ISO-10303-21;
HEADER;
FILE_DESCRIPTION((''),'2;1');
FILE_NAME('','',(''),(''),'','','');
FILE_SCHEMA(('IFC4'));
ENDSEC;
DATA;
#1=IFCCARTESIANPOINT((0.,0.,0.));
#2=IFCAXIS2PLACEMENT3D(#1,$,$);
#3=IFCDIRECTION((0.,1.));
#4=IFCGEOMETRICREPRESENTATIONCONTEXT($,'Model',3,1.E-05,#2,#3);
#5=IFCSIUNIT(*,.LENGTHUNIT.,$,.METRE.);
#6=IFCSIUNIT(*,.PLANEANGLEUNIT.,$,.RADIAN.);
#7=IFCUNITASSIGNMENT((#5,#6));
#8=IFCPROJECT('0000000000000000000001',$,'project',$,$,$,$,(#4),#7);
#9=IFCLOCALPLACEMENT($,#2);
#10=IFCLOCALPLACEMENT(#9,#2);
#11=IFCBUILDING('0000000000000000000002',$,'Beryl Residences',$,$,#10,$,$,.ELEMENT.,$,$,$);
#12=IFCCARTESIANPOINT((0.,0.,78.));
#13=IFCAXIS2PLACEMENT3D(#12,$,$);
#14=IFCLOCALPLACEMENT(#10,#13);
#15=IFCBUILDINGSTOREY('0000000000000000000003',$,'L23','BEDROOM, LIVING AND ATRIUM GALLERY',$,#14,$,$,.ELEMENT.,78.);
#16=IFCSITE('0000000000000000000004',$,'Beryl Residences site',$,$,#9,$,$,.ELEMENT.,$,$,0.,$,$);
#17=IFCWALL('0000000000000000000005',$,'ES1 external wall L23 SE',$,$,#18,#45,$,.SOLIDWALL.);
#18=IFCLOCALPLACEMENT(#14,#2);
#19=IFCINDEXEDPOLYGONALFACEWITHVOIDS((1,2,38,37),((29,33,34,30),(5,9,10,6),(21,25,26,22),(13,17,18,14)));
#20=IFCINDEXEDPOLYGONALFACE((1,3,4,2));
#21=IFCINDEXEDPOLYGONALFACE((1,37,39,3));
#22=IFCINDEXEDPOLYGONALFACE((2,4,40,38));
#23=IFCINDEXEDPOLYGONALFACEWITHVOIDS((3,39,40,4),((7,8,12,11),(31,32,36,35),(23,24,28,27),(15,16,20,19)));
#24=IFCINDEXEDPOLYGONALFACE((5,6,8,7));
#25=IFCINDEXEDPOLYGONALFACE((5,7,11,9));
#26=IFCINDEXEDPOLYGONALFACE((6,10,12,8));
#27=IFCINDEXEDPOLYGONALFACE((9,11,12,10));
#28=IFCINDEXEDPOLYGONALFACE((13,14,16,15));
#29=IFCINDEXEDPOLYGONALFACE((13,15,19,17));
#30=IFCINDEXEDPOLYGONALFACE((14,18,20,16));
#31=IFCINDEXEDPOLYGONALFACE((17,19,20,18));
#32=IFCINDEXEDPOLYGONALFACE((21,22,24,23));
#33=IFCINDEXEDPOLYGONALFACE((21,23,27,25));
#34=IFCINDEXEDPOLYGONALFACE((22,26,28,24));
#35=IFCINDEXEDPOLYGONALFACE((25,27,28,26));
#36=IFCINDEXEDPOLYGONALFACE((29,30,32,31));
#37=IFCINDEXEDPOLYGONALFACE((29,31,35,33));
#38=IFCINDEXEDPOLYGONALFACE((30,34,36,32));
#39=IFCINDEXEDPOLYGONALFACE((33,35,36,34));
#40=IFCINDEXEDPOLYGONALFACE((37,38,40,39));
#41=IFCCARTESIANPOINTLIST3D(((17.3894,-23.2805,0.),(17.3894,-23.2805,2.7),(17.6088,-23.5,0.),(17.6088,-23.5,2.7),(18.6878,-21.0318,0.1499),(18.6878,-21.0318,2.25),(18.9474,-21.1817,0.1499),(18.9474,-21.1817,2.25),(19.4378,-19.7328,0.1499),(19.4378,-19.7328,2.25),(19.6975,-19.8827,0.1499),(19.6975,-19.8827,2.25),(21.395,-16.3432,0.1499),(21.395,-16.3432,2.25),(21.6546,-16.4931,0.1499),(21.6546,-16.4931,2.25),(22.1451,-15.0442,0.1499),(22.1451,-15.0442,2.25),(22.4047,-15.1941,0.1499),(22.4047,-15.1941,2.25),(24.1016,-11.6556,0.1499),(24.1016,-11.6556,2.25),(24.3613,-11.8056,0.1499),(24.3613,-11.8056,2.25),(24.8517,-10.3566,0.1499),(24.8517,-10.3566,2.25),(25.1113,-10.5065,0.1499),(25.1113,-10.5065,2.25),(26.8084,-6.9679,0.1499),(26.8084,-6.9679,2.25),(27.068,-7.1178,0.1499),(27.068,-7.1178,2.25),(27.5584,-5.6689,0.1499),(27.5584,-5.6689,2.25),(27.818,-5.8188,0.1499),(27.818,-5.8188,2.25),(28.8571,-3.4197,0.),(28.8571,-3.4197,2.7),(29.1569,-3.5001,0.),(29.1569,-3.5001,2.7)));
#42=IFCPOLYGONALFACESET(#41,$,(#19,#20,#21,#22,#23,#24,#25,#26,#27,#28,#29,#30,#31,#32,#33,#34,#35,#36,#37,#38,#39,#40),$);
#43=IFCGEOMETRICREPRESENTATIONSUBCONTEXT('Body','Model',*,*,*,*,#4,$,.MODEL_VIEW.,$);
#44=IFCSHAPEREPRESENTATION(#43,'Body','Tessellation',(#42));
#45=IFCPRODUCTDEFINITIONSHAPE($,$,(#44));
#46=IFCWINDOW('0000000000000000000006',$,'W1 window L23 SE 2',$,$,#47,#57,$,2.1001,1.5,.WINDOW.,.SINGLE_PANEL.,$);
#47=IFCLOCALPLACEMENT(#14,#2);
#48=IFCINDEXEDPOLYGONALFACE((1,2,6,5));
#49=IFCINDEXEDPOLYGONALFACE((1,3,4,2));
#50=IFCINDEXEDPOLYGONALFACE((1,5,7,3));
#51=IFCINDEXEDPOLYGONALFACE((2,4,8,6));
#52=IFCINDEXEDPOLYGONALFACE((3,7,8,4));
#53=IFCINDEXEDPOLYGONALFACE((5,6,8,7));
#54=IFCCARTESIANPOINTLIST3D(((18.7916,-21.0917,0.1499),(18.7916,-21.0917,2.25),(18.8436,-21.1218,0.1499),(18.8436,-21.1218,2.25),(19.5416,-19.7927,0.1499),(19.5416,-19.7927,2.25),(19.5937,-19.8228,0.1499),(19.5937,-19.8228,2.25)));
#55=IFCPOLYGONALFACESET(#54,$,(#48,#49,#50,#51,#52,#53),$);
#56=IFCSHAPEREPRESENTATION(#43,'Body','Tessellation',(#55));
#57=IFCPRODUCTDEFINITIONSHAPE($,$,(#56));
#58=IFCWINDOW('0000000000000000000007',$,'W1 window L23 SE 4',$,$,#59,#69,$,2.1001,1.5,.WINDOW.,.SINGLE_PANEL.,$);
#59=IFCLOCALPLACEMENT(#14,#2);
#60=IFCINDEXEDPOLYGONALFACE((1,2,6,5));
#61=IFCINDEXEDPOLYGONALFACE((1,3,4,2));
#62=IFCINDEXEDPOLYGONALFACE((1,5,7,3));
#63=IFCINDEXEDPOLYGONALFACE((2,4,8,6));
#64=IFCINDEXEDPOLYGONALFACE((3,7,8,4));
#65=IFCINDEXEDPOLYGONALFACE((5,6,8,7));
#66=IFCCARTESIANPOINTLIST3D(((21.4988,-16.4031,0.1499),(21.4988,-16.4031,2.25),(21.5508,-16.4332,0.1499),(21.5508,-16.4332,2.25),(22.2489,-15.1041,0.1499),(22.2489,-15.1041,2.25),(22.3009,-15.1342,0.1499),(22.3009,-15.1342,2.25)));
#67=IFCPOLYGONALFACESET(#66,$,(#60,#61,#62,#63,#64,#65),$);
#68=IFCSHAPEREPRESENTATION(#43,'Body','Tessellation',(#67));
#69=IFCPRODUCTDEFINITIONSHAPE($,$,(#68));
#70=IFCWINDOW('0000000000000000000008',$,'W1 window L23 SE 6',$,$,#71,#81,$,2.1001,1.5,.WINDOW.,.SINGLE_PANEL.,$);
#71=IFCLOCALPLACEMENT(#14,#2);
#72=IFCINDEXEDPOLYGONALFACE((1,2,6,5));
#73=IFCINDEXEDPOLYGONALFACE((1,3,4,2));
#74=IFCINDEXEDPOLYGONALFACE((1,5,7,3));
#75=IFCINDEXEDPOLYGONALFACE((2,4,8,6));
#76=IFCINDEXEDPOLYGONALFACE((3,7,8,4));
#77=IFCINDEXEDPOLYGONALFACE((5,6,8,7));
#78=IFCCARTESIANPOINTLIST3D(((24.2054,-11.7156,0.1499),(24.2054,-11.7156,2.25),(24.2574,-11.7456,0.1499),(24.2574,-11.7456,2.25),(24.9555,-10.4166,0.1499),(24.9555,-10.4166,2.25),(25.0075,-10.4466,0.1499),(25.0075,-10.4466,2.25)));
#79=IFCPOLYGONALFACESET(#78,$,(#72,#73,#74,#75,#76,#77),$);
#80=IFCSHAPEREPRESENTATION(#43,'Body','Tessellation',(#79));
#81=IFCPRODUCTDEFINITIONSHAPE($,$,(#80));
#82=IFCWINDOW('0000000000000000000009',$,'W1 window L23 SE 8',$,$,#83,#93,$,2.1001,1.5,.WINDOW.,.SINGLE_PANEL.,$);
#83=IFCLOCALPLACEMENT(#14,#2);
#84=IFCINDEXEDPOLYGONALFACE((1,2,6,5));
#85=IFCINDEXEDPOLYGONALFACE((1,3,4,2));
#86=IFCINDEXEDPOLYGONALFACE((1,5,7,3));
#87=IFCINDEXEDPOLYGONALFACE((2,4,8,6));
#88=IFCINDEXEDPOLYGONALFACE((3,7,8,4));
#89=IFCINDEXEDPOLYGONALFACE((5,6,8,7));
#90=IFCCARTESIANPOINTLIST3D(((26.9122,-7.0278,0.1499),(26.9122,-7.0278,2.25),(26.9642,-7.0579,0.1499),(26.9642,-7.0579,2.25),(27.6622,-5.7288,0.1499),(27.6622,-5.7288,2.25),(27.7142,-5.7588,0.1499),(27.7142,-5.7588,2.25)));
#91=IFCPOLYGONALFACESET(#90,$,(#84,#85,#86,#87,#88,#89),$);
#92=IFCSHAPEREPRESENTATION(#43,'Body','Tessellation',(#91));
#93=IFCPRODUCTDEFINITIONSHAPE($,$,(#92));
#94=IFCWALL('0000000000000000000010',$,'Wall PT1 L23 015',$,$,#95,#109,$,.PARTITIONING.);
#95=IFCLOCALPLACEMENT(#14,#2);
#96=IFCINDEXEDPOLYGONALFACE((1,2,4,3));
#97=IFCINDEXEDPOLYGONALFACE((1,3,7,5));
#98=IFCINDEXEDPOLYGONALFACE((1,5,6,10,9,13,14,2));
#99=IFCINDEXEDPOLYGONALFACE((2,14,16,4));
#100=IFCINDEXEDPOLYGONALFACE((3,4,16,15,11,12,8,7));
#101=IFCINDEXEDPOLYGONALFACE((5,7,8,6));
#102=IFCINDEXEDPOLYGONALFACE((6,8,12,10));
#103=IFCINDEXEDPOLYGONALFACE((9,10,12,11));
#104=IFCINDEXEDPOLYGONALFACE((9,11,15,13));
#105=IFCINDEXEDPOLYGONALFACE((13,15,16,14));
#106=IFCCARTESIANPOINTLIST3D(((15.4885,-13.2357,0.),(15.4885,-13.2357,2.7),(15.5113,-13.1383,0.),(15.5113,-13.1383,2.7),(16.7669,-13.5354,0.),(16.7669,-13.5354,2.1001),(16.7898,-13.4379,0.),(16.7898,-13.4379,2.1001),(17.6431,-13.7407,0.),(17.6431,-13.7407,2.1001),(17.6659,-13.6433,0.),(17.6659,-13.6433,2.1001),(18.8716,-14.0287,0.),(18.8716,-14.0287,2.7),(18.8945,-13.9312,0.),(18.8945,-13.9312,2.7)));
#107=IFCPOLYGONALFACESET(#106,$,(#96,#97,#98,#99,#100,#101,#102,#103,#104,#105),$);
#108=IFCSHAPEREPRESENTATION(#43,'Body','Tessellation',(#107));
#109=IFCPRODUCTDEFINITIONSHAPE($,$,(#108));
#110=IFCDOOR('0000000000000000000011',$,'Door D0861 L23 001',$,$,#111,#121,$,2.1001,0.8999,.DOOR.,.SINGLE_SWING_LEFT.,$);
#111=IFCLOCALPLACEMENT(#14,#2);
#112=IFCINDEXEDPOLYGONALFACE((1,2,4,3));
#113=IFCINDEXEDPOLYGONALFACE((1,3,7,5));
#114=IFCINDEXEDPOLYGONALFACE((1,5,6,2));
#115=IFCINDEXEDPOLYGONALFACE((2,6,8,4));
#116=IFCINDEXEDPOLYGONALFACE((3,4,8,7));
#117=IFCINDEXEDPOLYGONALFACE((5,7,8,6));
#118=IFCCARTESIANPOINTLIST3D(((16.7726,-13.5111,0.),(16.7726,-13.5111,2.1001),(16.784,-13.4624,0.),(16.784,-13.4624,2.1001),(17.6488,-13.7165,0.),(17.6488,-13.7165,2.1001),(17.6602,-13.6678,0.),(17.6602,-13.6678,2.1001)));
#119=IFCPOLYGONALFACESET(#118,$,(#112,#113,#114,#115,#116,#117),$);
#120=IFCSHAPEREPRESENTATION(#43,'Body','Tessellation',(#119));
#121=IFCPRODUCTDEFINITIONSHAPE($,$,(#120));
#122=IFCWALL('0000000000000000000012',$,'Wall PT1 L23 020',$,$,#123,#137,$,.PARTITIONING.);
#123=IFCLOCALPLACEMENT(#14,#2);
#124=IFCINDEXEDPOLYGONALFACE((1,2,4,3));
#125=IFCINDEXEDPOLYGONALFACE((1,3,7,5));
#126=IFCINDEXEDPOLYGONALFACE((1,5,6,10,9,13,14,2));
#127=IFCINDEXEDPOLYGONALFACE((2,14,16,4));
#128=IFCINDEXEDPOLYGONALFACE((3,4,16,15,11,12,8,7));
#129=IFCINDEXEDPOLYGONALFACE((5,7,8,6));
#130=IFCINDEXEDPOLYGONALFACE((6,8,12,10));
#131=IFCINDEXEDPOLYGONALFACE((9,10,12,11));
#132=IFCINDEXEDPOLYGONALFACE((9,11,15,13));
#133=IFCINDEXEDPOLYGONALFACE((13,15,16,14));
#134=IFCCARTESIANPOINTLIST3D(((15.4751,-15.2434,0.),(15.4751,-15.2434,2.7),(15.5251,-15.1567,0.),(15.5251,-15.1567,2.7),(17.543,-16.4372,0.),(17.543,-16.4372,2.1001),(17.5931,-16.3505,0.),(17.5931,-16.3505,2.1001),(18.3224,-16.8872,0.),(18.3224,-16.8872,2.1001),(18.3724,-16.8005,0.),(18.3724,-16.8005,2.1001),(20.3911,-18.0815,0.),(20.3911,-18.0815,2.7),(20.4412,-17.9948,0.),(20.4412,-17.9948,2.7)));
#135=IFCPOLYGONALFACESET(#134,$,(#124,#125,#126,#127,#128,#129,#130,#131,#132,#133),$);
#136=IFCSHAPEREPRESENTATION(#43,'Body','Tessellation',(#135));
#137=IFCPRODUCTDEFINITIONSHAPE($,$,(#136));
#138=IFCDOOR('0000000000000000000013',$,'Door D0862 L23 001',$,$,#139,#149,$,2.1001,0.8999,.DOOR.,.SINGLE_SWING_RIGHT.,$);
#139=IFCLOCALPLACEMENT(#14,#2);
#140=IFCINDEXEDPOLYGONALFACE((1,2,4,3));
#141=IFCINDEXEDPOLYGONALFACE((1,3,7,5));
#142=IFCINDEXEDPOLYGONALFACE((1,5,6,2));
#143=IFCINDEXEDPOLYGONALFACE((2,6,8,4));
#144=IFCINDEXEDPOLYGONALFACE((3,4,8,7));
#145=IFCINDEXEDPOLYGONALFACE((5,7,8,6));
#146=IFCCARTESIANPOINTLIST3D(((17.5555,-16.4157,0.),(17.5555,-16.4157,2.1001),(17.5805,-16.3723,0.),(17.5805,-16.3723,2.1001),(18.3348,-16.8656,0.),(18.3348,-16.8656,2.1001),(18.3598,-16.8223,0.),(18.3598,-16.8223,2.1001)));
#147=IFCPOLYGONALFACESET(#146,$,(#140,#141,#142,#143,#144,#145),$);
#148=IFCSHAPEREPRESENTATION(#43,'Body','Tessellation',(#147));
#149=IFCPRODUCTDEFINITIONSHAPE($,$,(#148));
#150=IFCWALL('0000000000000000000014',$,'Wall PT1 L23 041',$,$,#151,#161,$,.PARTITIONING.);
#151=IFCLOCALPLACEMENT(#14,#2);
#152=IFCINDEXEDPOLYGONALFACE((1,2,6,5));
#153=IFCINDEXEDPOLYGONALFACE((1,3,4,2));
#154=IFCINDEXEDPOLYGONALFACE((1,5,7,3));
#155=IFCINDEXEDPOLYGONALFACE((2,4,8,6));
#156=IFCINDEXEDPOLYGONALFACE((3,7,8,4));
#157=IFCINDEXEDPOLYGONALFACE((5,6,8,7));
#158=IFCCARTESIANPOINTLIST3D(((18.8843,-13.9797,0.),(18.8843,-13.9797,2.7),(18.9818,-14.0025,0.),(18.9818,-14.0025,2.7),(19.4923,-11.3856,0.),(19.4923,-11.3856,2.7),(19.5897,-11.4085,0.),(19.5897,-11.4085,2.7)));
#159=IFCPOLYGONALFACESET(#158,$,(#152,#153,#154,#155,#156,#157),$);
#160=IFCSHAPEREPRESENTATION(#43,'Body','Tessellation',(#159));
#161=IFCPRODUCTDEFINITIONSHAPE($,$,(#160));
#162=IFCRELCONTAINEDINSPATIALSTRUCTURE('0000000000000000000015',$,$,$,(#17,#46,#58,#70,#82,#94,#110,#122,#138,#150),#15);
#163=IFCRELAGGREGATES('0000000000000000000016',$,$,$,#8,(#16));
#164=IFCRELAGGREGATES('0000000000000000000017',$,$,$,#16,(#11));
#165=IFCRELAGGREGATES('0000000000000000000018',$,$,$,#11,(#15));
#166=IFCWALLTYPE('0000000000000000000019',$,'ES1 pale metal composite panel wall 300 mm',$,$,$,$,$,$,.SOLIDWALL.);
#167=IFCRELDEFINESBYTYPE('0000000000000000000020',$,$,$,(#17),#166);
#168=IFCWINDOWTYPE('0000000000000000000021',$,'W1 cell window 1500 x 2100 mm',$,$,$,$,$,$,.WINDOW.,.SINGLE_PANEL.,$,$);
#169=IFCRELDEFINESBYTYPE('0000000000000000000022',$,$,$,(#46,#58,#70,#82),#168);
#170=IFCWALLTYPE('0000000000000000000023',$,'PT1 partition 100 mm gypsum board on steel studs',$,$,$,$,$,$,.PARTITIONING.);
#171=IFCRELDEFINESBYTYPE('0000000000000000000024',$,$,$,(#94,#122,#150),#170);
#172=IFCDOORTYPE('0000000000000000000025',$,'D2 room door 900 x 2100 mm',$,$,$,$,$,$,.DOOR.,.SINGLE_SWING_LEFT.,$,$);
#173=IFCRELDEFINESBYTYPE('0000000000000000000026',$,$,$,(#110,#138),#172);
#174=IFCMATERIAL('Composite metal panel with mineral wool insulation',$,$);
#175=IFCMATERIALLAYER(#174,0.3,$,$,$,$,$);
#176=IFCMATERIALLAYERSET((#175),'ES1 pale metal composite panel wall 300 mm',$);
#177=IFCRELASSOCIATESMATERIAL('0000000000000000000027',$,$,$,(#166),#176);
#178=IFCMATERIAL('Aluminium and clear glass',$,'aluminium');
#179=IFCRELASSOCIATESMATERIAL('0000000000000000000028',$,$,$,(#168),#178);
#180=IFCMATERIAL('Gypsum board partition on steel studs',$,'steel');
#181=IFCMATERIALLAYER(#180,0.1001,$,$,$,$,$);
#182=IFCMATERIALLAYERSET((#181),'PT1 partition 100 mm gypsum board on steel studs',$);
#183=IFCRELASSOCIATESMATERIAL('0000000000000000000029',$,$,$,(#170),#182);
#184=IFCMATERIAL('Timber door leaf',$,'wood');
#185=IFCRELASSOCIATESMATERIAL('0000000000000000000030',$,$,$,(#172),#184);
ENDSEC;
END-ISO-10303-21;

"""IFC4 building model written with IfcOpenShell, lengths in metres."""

from ifc_helpers import new_model, si_unit, direction, frame, frame_2d, origin, place, context, subcontext, project, spatial, polyline, rectangle, outline, extrude, material, layer, layer_set, type_object, element, fill, save


model = new_model("IFC4")

# Units and contexts
model_context = context("Model", 3, precision=1e-05, world=origin(), true_north=direction((0.0, 1.0)))
body_context = subcontext(model_context, "Body", "Model", "MODEL_VIEW")
ifc_project = project(units=[si_unit("LENGTHUNIT", "METRE"), si_unit("PLANEANGLEUNIT", "RADIAN")], contexts=[model_context])

# Site, building, storey
site_placement = place(None, origin())
site = spatial("IfcSite", under=ifc_project, at=site_placement, Name="Beryl Residences site", CompositionType="ELEMENT", RefElevation=0.0)
building_placement = place(site_placement, origin())
building = spatial("IfcBuilding", under=site, at=building_placement, Name="Beryl Residences", CompositionType="ELEMENT")
storey_placement = place(building_placement, frame((0.0, 0.0, 78.0)))
storey = spatial("IfcBuildingStorey", under=building, at=storey_placement, Name="L23", Description="BEDROOM, LIVING AND ATRIUM GALLERY", CompositionType="ELEMENT", Elevation=78.0)

# Shared definitions
ifc_material_1 = material(Name="Composite metal panel with mineral wool insulation")
ifc_layer_1 = layer(ifc_material_1, 0.3)
ifc_layer_set_1 = layer_set([ifc_layer_1], Name="ES1 pale metal composite panel wall 300 mm")
wall_type_1 = type_object("IfcWallType", Name="ES1 pale metal composite panel wall 300 mm", PredefinedType="SOLIDWALL", material=ifc_layer_set_1)

# Wall, openings, windows
wall_1_placement = place(storey_placement, frame((17.479, -23.425, 0.0), z_axis=(0.0, 0.0, 1.0), x_axis=(0.500035, 0.866005, 0.0)))
wall_1 = element("IfcWall", 1, at=wall_1_placement, inside=storey, type_object=wall_type_1, Name="ES1 external wall L23 SE", PredefinedType="SOLIDWALL", context=body_context, shape_type="SweptSolid", body=[
    extrude(outline(polyline([(0.0, -0.1499), (23.0945, -0.1499), (23.0142, 0.1499), (0.0803, 0.1499), (0.0, -0.1499)])), origin(), (0.0, 0.0, 1.0), 2.7),
])
opening_1_placement = place(wall_1_placement, frame((2.677, 0.0, 0.1499)))
opening_1 = element("IfcOpeningElement", 2, at=opening_1_placement, cuts=wall_1, PredefinedType="OPENING", context=body_context, shape_type="SweptSolid", body=[
    extrude(rectangle(XDim=1.5, YDim=2.1001, at=frame_2d((0.75, 1.05))), frame((0.0, 0.1599, 0.0), z_axis=(0.0, -1.0, 0.0), x_axis=(1.0, 0.0, 0.0)), (0.0, 0.0, 1.0), 0.3201),
])
opening_2_placement = place(wall_1_placement, frame((8.0911, 0.0, 0.1499)))
opening_2 = element("IfcOpeningElement", 3, at=opening_2_placement, cuts=wall_1, PredefinedType="OPENING", context=body_context, shape_type="SweptSolid", body=[
    extrude(rectangle(XDim=1.5, YDim=2.1001, at=frame_2d((0.75, 1.05))), frame((0.0, 0.1599, 0.0), z_axis=(0.0, -1.0, 0.0), x_axis=(1.0, 0.0, 0.0)), (0.0, 0.0, 1.0), 0.3201),
])
opening_3_placement = place(wall_1_placement, frame((13.5039, 0.0, 0.1499)))
opening_3 = element("IfcOpeningElement", 4, at=opening_3_placement, cuts=wall_1, PredefinedType="OPENING", context=body_context, shape_type="SweptSolid", body=[
    extrude(rectangle(XDim=1.5, YDim=2.1001, at=frame_2d((0.75, 1.05))), frame((0.0, 0.1599, 0.0), z_axis=(0.0, -1.0, 0.0), x_axis=(1.0, 0.0, 0.0)), (0.0, 0.0, 1.0), 0.3201),
])
opening_4_placement = place(wall_1_placement, frame((18.917, 0.0, 0.1499)))
opening_4 = element("IfcOpeningElement", 5, at=opening_4_placement, cuts=wall_1, PredefinedType="OPENING", context=body_context, shape_type="SweptSolid", body=[
    extrude(rectangle(XDim=1.5, YDim=2.1001, at=frame_2d((0.75, 1.05))), frame((0.0, 0.1599, 0.0), z_axis=(0.0, -1.0, 0.0), x_axis=(1.0, 0.0, 0.0)), (0.0, 0.0, 1.0), 0.3201),
])
ifc_material_2 = material(Name="Aluminium and clear glass", Category="aluminium")
window_type_1 = type_object("IfcWindowType", Name="W1 cell window 1500 x 2100 mm", PartitioningType="SINGLE_PANEL", PredefinedType="WINDOW", material=ifc_material_2)
window_1_placement = place(opening_1_placement, origin())
window_1 = element("IfcWindow", 6, at=window_1_placement, inside=storey, type_object=window_type_1, Name="W1 window L23 SE 2", OverallHeight=2.1001, OverallWidth=1.5, PartitioningType="SINGLE_PANEL", PredefinedType="WINDOW", context=body_context, shape_type="SweptSolid", body=[
    extrude(rectangle(XDim=1.5, YDim=2.1001, at=frame_2d((0.75, 1.05))), frame((0.0, 0.03, 0.0), z_axis=(0.0, -1.0, 0.0), x_axis=(1.0, 0.0, 0.0)), (0.0, 0.0, 1.0), 0.0601),
])
fill(opening_1, window_1)
window_2_placement = place(opening_2_placement, origin())
window_2 = element("IfcWindow", 7, at=window_2_placement, inside=storey, type_object=window_type_1, Name="W1 window L23 SE 4", OverallHeight=2.1001, OverallWidth=1.5, PartitioningType="SINGLE_PANEL", PredefinedType="WINDOW", context=body_context, shape_type="SweptSolid", body=[
    extrude(rectangle(XDim=1.5, YDim=2.1001, at=frame_2d((0.75, 1.05))), frame((0.0, 0.03, 0.0), z_axis=(0.0, -1.0, 0.0), x_axis=(1.0, 0.0, 0.0)), (0.0, 0.0, 1.0), 0.0601),
])
fill(opening_2, window_2)
window_3_placement = place(opening_3_placement, origin())
window_3 = element("IfcWindow", 8, at=window_3_placement, inside=storey, type_object=window_type_1, Name="W1 window L23 SE 6", OverallHeight=2.1001, OverallWidth=1.5, PartitioningType="SINGLE_PANEL", PredefinedType="WINDOW", context=body_context, shape_type="SweptSolid", body=[
    extrude(rectangle(XDim=1.5, YDim=2.1001, at=frame_2d((0.75, 1.05))), frame((0.0, 0.03, 0.0), z_axis=(0.0, -1.0, 0.0), x_axis=(1.0, 0.0, 0.0)), (0.0, 0.0, 1.0), 0.0601),
])
fill(opening_3, window_3)
window_4_placement = place(opening_4_placement, origin())
window_4 = element("IfcWindow", 9, at=window_4_placement, inside=storey, type_object=window_type_1, Name="W1 window L23 SE 8", OverallHeight=2.1001, OverallWidth=1.5, PartitioningType="SINGLE_PANEL", PredefinedType="WINDOW", context=body_context, shape_type="SweptSolid", body=[
    extrude(rectangle(XDim=1.5, YDim=2.1001, at=frame_2d((0.75, 1.05))), frame((0.0, 0.03, 0.0), z_axis=(0.0, -1.0, 0.0), x_axis=(1.0, 0.0, 0.0)), (0.0, 0.0, 1.0), 0.0601),
])
fill(opening_4, window_4)

# Walls, openings, doors
ifc_material_3 = material(Name="Gypsum board partition on steel studs", Category="steel")
ifc_layer_2 = layer(ifc_material_3, 0.1001)
ifc_layer_set_2 = layer_set([ifc_layer_2], Name="PT1 partition 100 mm gypsum board on steel studs")
wall_type_2 = type_object("IfcWallType", Name="PT1 partition 100 mm gypsum board on steel studs", PredefinedType="PARTITIONING", material=ifc_layer_set_2)
wall_2_placement = place(storey_placement, frame((15.5, -13.187, 0.0), z_axis=(0.0, 0.0, 1.0), x_axis=(0.973612, -0.228209, 0.0)))
wall_2 = element("IfcWall", 10, at=wall_2_placement, inside=storey, type_object=wall_type_2, Name="Wall PT1 L23 015", PredefinedType="PARTITIONING", context=body_context, shape_type="SweptSolid", body=[
    extrude(rectangle(XDim=3.4749, YDim=0.1001, at=frame_2d((1.7373, 0.0))), origin(), (0.0, 0.0, 1.0), 2.7),
])
opening_5_placement = place(wall_2_placement, frame((1.313, 0.0, 0.0)))
opening_5 = element("IfcOpeningElement", 11, at=opening_5_placement, cuts=wall_2, PredefinedType="OPENING", context=body_context, shape_type="SweptSolid", body=[
    extrude(rectangle(XDim=0.8999, YDim=2.1001, at=frame_2d((0.45, 1.05))), frame((0.0, 0.0601, 0.0), z_axis=(0.0, -1.0, 0.0), x_axis=(1.0, 0.0, 0.0)), (0.0, 0.0, 1.0), 0.1201),
])
ifc_material_4 = material(Name="Timber door leaf", Category="wood")
door_type_1 = type_object("IfcDoorType", Name="D2 room door 900 x 2100 mm", OperationType="SINGLE_SWING_LEFT", PredefinedType="DOOR", material=ifc_material_4)
door_1_placement = place(opening_5_placement, origin())
door_1 = element("IfcDoor", 12, at=door_1_placement, inside=storey, type_object=door_type_1, Name="Door D0861 L23 001", OperationType="SINGLE_SWING_LEFT", OverallHeight=2.1001, OverallWidth=0.8999, PredefinedType="DOOR", context=body_context, shape_type="SweptSolid", body=[
    extrude(rectangle(XDim=0.8999, YDim=2.1001, at=frame_2d((0.45, 1.05))), frame((0.0, 0.0249, 0.0), z_axis=(0.0, -1.0, 0.0), x_axis=(1.0, 0.0, 0.0)), (0.0, 0.0, 1.0), 0.05),
])
fill(opening_5, door_1)
wall_3_placement = place(storey_placement, frame((15.5, -15.2, 0.0), z_axis=(0.0, 0.0, 1.0), x_axis=(0.866035, -0.499983, 0.0)))
wall_3 = element("IfcWall", 13, at=wall_3_placement, inside=storey, type_object=wall_type_2, Name="Wall PT1 L23 020", PredefinedType="PARTITIONING", context=body_context, shape_type="SweptSolid", body=[
    extrude(rectangle(XDim=5.6765, YDim=0.1001, at=frame_2d((2.8384, 0.0))), origin(), (0.0, 0.0, 1.0), 2.7),
])
opening_6_placement = place(wall_3_placement, frame((2.3879, 0.0, 0.0)))
opening_6 = element("IfcOpeningElement", 14, at=opening_6_placement, cuts=wall_3, PredefinedType="OPENING", context=body_context, shape_type="SweptSolid", body=[
    extrude(rectangle(XDim=0.8999, YDim=2.1001, at=frame_2d((0.45, 1.05))), frame((0.0, 0.0601, 0.0), z_axis=(0.0, -1.0, 0.0), x_axis=(1.0, 0.0, 0.0)), (0.0, 0.0, 1.0), 0.1201),
])
door_2_placement = place(opening_6_placement, origin())
door_2 = element("IfcDoor", 15, at=door_2_placement, inside=storey, type_object=door_type_1, Name="Door D0862 L23 001", OperationType="SINGLE_SWING_RIGHT", OverallHeight=2.1001, OverallWidth=0.8999, PredefinedType="DOOR", context=body_context, shape_type="SweptSolid", body=[
    extrude(rectangle(XDim=0.8999, YDim=2.1001, at=frame_2d((0.45, 1.05))), frame((0.0, 0.0249, 0.0), z_axis=(0.0, -1.0, 0.0), x_axis=(1.0, 0.0, 0.0)), (0.0, 0.0, 1.0), 0.05),
])
fill(opening_6, door_2)

# Wall
wall_4_placement = place(storey_placement, frame((18.9331, -13.991, 0.0), z_axis=(0.0, 0.0, 1.0), x_axis=(0.228171, 0.973621, 0.0)))
element("IfcWall", 16, at=wall_4_placement, inside=storey, type_object=wall_type_2, Name="Wall PT1 L23 041", PredefinedType="PARTITIONING", context=body_context, shape_type="SweptSolid", body=[
    extrude(rectangle(XDim=2.6643, YDim=0.1001, at=frame_2d((1.332, 0.0))), origin(), (0.0, 0.0, 1.0), 2.7),
])

save(model, "model.ifc")
